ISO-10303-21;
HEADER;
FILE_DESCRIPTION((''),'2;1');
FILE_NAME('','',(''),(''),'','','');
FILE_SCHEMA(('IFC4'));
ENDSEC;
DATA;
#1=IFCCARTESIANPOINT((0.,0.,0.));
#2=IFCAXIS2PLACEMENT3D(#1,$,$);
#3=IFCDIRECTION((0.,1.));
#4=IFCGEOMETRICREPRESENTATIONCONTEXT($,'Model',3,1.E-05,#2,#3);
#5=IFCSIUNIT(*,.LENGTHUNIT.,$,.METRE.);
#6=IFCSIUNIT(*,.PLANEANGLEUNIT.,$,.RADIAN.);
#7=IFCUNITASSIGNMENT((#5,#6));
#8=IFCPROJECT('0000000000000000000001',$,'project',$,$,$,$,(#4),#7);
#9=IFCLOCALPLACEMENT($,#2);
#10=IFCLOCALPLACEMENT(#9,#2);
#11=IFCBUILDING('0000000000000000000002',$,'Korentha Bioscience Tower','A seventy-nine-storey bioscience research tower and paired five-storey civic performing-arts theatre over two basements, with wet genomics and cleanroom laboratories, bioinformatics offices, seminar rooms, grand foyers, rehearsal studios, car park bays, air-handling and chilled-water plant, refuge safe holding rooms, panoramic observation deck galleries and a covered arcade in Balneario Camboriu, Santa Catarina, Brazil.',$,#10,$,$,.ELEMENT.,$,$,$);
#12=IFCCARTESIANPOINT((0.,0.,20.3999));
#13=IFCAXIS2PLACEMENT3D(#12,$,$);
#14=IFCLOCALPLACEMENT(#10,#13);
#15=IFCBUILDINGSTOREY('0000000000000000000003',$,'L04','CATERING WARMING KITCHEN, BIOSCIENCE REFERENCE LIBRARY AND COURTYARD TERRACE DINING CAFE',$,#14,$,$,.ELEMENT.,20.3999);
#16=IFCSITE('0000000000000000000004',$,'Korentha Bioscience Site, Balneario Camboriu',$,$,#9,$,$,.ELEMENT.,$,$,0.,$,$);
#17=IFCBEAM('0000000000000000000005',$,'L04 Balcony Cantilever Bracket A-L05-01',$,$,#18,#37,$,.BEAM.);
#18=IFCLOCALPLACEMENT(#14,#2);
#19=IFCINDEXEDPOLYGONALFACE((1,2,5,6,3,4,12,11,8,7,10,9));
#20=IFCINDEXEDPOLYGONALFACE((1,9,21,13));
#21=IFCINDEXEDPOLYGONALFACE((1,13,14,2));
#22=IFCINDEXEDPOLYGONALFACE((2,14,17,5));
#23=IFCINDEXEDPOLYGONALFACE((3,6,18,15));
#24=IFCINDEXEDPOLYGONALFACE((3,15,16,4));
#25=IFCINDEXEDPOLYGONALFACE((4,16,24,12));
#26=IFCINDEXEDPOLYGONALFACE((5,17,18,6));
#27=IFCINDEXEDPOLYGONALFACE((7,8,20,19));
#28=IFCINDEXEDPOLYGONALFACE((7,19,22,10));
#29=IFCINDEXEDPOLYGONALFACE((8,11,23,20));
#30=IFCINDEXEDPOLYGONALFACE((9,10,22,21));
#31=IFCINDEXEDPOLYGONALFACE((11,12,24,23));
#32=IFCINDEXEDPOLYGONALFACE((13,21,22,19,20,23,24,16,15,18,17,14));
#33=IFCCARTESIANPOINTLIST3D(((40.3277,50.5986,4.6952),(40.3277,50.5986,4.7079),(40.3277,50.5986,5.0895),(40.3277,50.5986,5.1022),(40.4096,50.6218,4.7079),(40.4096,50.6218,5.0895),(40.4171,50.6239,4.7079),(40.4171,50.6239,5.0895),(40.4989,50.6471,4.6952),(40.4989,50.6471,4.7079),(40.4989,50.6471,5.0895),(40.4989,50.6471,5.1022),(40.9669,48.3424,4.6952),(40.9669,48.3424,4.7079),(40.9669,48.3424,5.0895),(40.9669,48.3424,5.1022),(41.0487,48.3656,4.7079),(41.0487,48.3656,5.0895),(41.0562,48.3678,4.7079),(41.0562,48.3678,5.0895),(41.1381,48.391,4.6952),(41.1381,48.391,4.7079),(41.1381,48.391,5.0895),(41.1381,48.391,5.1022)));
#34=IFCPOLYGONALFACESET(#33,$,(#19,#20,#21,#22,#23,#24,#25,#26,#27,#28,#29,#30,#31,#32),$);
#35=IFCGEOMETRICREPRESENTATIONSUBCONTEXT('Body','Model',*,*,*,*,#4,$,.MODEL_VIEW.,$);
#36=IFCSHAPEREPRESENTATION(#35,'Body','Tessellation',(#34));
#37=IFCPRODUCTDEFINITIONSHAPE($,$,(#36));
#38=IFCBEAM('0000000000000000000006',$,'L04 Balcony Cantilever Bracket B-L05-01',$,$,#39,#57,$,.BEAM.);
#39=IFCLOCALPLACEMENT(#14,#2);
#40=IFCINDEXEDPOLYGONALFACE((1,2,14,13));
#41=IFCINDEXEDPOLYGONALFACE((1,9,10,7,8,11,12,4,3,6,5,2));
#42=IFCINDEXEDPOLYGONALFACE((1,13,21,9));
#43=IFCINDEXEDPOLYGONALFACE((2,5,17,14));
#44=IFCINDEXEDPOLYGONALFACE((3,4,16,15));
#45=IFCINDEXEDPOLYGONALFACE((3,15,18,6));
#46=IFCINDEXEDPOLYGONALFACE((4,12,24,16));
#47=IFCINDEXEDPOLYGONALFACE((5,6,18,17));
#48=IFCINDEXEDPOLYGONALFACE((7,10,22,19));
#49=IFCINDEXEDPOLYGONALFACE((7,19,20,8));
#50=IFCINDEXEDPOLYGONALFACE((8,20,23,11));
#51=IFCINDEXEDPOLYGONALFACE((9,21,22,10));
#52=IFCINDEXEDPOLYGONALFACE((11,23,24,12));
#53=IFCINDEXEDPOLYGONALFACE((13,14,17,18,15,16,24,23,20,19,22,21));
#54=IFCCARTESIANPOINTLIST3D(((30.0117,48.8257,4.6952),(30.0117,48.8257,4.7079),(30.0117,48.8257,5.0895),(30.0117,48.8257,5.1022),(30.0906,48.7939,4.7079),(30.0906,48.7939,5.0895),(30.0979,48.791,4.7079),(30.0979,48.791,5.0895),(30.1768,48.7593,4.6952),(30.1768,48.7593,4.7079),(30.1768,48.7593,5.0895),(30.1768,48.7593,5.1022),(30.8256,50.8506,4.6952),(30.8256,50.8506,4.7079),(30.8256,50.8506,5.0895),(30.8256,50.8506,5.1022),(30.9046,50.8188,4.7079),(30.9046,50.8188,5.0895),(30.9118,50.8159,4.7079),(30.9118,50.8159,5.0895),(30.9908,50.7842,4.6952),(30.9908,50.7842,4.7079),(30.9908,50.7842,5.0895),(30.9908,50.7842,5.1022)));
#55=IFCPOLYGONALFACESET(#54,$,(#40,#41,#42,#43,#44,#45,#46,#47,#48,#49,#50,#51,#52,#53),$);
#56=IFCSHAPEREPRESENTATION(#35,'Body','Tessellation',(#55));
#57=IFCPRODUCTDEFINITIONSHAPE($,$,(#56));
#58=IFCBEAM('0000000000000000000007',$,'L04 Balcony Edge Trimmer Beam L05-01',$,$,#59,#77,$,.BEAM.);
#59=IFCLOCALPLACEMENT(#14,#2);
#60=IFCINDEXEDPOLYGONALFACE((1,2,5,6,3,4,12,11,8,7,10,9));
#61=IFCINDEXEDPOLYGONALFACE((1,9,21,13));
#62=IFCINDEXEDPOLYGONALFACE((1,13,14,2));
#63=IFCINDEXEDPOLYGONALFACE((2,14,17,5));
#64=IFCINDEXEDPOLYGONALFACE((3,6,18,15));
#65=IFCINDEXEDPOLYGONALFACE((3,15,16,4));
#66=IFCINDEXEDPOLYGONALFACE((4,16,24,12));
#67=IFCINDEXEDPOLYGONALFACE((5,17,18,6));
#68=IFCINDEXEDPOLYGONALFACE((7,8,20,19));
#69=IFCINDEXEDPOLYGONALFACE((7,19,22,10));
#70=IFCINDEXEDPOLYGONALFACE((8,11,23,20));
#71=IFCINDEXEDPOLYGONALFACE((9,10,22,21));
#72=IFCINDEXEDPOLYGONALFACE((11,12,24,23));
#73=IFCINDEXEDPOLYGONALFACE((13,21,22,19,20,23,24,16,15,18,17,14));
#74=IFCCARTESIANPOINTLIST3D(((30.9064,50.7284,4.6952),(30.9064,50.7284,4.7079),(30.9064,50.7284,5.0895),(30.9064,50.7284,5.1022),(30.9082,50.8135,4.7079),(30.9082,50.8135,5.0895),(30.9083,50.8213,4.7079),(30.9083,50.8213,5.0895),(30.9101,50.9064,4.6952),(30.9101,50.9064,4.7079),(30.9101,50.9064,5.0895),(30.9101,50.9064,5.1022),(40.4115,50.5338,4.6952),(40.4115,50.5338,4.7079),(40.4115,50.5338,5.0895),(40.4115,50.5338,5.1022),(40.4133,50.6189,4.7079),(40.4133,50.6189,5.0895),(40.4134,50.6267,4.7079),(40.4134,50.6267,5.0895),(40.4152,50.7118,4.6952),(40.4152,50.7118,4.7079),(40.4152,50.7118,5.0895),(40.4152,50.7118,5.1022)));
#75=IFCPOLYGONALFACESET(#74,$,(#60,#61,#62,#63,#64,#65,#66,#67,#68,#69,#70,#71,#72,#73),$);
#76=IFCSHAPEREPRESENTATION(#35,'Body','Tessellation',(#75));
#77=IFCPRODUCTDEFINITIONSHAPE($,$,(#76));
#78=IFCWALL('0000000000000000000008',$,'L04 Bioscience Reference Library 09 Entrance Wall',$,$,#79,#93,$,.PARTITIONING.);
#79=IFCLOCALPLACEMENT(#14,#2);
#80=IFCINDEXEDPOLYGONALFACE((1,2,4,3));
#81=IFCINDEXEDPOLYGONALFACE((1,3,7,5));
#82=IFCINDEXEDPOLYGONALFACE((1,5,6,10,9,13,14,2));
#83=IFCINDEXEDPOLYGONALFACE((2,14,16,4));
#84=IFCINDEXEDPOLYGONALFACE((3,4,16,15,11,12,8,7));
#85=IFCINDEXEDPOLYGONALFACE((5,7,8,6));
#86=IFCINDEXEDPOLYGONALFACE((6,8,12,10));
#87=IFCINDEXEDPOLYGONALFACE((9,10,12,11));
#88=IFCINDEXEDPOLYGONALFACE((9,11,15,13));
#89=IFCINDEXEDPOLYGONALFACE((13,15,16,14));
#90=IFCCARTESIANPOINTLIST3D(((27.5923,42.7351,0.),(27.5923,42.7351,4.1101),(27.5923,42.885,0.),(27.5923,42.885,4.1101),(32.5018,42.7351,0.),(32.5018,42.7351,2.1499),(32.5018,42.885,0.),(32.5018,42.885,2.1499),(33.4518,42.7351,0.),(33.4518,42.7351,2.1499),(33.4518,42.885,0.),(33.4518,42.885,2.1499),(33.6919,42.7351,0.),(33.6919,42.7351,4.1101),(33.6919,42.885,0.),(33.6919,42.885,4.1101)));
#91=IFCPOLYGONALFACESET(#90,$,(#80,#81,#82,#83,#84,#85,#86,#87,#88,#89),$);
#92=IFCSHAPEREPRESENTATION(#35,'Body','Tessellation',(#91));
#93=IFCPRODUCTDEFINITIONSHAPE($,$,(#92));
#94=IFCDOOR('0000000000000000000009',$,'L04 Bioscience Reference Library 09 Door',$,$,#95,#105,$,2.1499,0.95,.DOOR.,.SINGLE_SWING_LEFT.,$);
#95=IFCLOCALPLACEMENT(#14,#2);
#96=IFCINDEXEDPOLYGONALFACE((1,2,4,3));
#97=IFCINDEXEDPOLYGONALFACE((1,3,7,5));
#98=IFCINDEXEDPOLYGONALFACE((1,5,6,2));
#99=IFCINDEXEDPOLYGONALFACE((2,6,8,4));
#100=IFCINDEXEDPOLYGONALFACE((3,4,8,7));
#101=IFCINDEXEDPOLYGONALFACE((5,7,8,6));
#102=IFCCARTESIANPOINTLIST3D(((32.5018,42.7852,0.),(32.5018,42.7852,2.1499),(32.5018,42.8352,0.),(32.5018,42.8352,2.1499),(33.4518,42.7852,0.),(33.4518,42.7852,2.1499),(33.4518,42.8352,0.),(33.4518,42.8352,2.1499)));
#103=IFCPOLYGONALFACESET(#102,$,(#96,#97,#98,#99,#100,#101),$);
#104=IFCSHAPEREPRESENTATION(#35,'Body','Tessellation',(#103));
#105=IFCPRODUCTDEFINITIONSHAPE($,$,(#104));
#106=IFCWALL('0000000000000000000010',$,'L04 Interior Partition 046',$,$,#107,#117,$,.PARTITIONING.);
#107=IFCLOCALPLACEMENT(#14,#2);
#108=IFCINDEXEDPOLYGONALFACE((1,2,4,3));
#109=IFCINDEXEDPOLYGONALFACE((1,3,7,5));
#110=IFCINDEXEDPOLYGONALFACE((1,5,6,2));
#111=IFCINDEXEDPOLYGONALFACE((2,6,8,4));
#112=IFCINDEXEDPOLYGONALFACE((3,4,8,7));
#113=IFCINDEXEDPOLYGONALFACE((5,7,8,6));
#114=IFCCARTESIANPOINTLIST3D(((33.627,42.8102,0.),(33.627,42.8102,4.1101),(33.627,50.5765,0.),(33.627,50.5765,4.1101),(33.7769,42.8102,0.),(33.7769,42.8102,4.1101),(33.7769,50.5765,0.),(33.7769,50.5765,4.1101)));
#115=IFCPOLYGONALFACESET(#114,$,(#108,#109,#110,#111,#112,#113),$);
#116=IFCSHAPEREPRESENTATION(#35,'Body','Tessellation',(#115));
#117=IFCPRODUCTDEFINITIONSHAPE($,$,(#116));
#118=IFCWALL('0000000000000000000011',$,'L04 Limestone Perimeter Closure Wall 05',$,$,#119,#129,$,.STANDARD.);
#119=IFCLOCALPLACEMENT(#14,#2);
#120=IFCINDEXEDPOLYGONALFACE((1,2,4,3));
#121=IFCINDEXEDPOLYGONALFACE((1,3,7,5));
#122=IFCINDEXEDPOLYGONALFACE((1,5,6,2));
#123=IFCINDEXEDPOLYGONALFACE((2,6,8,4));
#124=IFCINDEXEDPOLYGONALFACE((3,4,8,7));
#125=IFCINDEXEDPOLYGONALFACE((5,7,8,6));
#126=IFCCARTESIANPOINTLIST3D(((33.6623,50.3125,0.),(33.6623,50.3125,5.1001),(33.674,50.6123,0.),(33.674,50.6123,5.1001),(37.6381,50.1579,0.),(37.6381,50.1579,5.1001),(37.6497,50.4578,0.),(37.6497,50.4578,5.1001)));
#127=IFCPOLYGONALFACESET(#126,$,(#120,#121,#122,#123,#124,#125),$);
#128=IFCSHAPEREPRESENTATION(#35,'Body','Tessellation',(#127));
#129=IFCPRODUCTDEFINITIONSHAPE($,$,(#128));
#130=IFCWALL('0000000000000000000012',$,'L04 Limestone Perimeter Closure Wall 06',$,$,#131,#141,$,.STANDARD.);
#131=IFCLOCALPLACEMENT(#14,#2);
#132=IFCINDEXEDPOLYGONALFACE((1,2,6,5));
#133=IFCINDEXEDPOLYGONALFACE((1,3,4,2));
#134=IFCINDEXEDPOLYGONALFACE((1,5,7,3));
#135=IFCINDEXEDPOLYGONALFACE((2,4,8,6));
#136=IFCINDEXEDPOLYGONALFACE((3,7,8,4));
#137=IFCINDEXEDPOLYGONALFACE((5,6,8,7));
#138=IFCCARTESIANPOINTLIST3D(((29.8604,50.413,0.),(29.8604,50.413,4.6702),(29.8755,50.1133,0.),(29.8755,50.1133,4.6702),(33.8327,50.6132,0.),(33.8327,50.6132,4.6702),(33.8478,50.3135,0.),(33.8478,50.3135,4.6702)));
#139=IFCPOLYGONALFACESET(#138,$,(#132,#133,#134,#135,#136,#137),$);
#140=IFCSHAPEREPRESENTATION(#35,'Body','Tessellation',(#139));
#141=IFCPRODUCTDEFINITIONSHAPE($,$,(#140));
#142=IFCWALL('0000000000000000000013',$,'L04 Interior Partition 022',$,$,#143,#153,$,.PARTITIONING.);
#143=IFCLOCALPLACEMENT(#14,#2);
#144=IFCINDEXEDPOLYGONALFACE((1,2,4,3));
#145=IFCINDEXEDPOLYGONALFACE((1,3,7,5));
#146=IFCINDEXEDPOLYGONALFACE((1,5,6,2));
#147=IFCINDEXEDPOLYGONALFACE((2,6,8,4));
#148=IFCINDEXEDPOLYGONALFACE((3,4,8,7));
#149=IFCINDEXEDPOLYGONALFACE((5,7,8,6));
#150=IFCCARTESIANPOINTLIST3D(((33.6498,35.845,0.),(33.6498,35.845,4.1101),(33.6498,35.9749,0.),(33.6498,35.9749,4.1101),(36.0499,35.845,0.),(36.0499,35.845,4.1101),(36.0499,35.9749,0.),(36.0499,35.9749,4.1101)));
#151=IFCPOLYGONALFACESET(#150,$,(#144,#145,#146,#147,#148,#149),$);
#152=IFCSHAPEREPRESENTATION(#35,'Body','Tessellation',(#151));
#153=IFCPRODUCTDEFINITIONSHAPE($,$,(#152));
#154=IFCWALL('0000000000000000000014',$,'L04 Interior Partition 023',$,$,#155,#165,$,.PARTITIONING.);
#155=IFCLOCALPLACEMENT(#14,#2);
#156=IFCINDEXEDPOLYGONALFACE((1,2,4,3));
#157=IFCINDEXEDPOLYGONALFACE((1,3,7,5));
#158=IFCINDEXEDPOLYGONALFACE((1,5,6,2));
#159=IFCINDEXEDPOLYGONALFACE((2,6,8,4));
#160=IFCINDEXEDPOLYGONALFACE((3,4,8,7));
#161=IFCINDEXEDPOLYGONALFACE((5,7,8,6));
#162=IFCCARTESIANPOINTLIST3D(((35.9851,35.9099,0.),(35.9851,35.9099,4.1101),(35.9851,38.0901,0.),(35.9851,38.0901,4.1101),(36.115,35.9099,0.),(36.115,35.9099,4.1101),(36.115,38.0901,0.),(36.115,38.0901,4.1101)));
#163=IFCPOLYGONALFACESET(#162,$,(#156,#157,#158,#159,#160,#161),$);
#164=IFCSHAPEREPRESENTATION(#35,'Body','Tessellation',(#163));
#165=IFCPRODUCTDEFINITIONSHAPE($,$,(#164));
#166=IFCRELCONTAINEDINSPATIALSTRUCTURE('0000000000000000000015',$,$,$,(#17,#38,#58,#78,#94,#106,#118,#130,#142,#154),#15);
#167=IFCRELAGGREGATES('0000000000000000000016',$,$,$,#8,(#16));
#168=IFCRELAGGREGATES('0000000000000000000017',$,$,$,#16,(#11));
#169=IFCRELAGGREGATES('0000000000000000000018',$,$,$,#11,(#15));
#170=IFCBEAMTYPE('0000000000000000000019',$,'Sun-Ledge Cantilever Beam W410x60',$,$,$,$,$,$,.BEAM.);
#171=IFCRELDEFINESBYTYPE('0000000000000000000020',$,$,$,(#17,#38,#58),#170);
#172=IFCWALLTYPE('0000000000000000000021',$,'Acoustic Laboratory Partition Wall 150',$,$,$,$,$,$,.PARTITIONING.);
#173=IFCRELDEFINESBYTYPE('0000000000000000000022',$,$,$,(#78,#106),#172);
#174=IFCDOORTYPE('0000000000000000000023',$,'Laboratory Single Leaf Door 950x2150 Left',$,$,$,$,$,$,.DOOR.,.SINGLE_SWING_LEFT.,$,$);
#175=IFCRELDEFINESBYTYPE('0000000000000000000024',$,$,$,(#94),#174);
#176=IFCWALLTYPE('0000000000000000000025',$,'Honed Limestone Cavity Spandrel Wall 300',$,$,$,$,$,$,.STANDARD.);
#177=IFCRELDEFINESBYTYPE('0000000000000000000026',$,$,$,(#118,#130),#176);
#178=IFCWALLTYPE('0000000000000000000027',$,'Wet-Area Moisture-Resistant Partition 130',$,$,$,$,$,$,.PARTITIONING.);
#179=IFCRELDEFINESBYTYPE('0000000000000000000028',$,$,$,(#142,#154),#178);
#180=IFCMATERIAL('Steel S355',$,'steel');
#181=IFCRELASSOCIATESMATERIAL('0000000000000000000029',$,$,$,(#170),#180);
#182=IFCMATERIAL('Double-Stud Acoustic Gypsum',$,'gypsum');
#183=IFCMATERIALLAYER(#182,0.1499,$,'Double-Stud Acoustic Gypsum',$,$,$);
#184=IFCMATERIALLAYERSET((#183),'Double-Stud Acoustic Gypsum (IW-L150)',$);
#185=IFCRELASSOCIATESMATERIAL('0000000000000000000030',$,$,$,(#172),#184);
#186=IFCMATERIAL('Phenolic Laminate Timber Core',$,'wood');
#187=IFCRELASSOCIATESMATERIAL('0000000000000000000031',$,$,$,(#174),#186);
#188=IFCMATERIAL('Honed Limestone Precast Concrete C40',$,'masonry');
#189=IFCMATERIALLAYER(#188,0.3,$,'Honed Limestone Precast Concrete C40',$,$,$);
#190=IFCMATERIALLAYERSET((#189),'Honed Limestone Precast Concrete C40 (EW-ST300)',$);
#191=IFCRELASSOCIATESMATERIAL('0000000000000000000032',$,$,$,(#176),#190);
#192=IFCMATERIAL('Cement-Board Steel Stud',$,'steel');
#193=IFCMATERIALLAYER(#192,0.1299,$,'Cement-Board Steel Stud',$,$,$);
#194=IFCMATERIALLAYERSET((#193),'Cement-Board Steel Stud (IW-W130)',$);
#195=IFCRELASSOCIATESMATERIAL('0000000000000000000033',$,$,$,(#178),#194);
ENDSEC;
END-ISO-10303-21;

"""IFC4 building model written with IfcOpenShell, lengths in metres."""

from ifc_helpers import new_model, si_unit, direction, frame, frame_2d, origin, origin_2d, place, context, subcontext, project, spatial, rectangle, i_section, extrude, material, layer, layer_set, material_profile, profile_set, type_object, element, fill, save


model = new_model("IFC4")

# Units and contexts
model_context = context("Model", 3, precision=1e-05, world=origin(), true_north=direction((0.0, 1.0)))
body_context = subcontext(model_context, "Body", "Model", "MODEL_VIEW")
ifc_project = project(units=[si_unit("LENGTHUNIT", "METRE"), si_unit("PLANEANGLEUNIT", "RADIAN")], contexts=[model_context])

# Site, building, storey
site_placement = place(None, origin())
site = spatial("IfcSite", under=ifc_project, at=site_placement, Name="Korentha Bioscience Site, Balneario Camboriu", CompositionType="ELEMENT", RefElevation=0.0)
building_placement = place(site_placement, origin())
building = spatial("IfcBuilding", under=site, at=building_placement, Name="Korentha Bioscience Tower", Description="A seventy-nine-storey bioscience research tower and paired five-storey civic performing-arts theatre over two basements, with wet genomics and cleanroom laboratories, bioinformatics offices, seminar rooms, grand foyers, rehearsal studios, car park bays, air-handling and chilled-water plant, refuge safe holding rooms, panoramic observation deck galleries and a covered arcade in Balneario Camboriu, Santa Catarina, Brazil.", CompositionType="ELEMENT")
storey_placement = place(building_placement, frame((0.0, 0.0, 20.3999)))
storey = spatial("IfcBuildingStorey", under=building, at=storey_placement, Name="L04", Description="CATERING WARMING KITCHEN, BIOSCIENCE REFERENCE LIBRARY AND COURTYARD TERRACE DINING CAFE", CompositionType="ELEMENT", Elevation=20.3999)

# Beams
ifc_material_1 = material(Name="Steel S355", Category="steel")
ifc_material_profile_1 = material_profile(ifc_material_1, i_section(OverallWidth=0.178, OverallDepth=0.407, WebThickness=0.0078, FlangeThickness=0.0127, at=origin_2d()), Name="Steel S355")
ifc_profile_set_1 = profile_set([ifc_material_profile_1], Name="Steel S355 (CB-410)")
beam_type_1 = type_object("IfcBeamType", Name="Sun-Ledge Cantilever Beam W410x60", PredefinedType="BEAM", material=ifc_profile_set_1)
beam_1_placement = place(storey_placement, frame((41.0525, 48.3667, 4.8987), z_axis=(-0.272575, 0.962134, 0.0), x_axis=(-0.962134, -0.272575, 0.0)))
element("IfcBeam", 1, at=beam_1_placement, inside=storey, type_object=beam_type_1, Name="L04 Balcony Cantilever Bracket A-L05-01", PredefinedType="BEAM", context=body_context, shape_type="SweptSolid", body=[
    extrude(i_section(OverallWidth=0.178, OverallDepth=0.407, WebThickness=0.0078, FlangeThickness=0.0127, at=origin_2d()), origin(), (0.0, 0.0, 1.0), 2.345),
])
beam_2_placement = place(storey_placement, frame((30.0942, 48.7925, 4.8987), z_axis=(0.372972, 0.927843, 0.0), x_axis=(-0.927843, 0.372972, 0.0)))
element("IfcBeam", 2, at=beam_2_placement, inside=storey, type_object=beam_type_1, Name="L04 Balcony Cantilever Bracket B-L05-01", PredefinedType="BEAM", context=body_context, shape_type="SweptSolid", body=[
    extrude(i_section(OverallWidth=0.178, OverallDepth=0.407, WebThickness=0.0078, FlangeThickness=0.0127, at=origin_2d()), origin(), (0.0, 0.0, 1.0), 2.1824),
])
beam_3_placement = place(storey_placement, frame((40.4133, 50.6228, 4.8987), z_axis=(-0.999791, 0.020467, 0.0), x_axis=(-0.020467, -0.999791, 0.0)))
element("IfcBeam", 3, at=beam_3_placement, inside=storey, type_object=beam_type_1, Name="L04 Balcony Edge Trimmer Beam L05-01", PredefinedType="BEAM", context=body_context, shape_type="SweptSolid", body=[
    extrude(i_section(OverallWidth=0.178, OverallDepth=0.407, WebThickness=0.0078, FlangeThickness=0.0127, at=origin_2d()), origin(), (0.0, 0.0, 1.0), 9.5071),
])

# Wall, opening, door
ifc_material_2 = material(Name="Double-Stud Acoustic Gypsum", Category="gypsum")
ifc_layer_1 = layer(ifc_material_2, 0.1499, Name="Double-Stud Acoustic Gypsum")
ifc_layer_set_1 = layer_set([ifc_layer_1], Name="Double-Stud Acoustic Gypsum (IW-L150)")
wall_type_1 = type_object("IfcWallType", Name="Acoustic Laboratory Partition Wall 150", PredefinedType="PARTITIONING", material=ifc_layer_set_1)
wall_1_placement = place(storey_placement, frame((33.6919, 42.8101, 0.0), z_axis=(0.0, 0.0, 1.0), x_axis=(-1.0, 0.0, 0.0)))
wall_1 = element("IfcWall", 4, at=wall_1_placement, inside=storey, type_object=wall_type_1, Name="L04 Bioscience Reference Library 09 Entrance Wall", PredefinedType="PARTITIONING", context=body_context, shape_type="SweptSolid", body=[
    extrude(rectangle(XDim=6.0996, YDim=0.1499, at=frame_2d((3.0498, 0.0))), origin(), (0.0, 0.0, 1.0), 4.1101),
])
opening_1_placement = place(wall_1_placement, frame((0.24, 0.0, 0.0)))
opening_1 = element("IfcOpeningElement", 5, at=opening_1_placement, cuts=wall_1, PredefinedType="OPENING", context=body_context, shape_type="SweptSolid", body=[
    extrude(rectangle(XDim=0.95, YDim=2.1499, at=frame_2d((0.4751, 1.075))), frame((0.0, 0.0898, 0.0), z_axis=(0.0, -1.0, 0.0), x_axis=(1.0, 0.0, 0.0)), (0.0, 0.0, 1.0), 0.1797),
])
ifc_material_3 = material(Name="Phenolic Laminate Timber Core", Category="wood")
door_type_1 = type_object("IfcDoorType", Name="Laboratory Single Leaf Door 950x2150 Left", OperationType="SINGLE_SWING_LEFT", PredefinedType="DOOR", material=ifc_material_3)
door_1_placement = place(opening_1_placement, origin())
door_1 = element("IfcDoor", 6, at=door_1_placement, inside=storey, type_object=door_type_1, Name="L04 Bioscience Reference Library 09 Door", OperationType="SINGLE_SWING_LEFT", OverallHeight=2.1499, OverallWidth=0.95, PredefinedType="DOOR", context=body_context, shape_type="SweptSolid", body=[
    extrude(rectangle(XDim=0.95, YDim=2.1499, at=frame_2d((0.4751, 1.075))), frame((0.0, 0.0249, 0.0), z_axis=(0.0, -1.0, 0.0), x_axis=(1.0, 0.0, 0.0)), (0.0, 0.0, 1.0), 0.05),
])
fill(opening_1, door_1)

# Walls
wall_2_placement = place(storey_placement, frame((33.7019, 42.8101, 0.0), z_axis=(0.0, 0.0, 1.0), x_axis=(0.0, 1.0, 0.0)))
element("IfcWall", 7, at=wall_2_placement, inside=storey, type_object=wall_type_1, Name="L04 Interior Partition 046", PredefinedType="PARTITIONING", context=body_context, shape_type="SweptSolid", body=[
    extrude(rectangle(XDim=7.7664, YDim=0.1499, at=frame_2d((3.8833, 0.0))), origin(), (0.0, 0.0, 1.0), 4.1101),
])
ifc_material_4 = material(Name="Honed Limestone Precast Concrete C40", Category="masonry")
ifc_layer_2 = layer(ifc_material_4, 0.3, Name="Honed Limestone Precast Concrete C40")
ifc_layer_set_2 = layer_set([ifc_layer_2], Name="Honed Limestone Precast Concrete C40 (EW-ST300)")
wall_type_2 = type_object("IfcWallType", Name="Honed Limestone Cavity Spandrel Wall 300", PredefinedType="STANDARD", material=ifc_layer_set_2)
wall_3_placement = place(storey_placement, frame((37.6438, 50.3079, 0.0), z_axis=(0.0, 0.0, 1.0), x_axis=(-0.999245, 0.038841, 0.0)))
element("IfcWall", 8, at=wall_3_placement, inside=storey, type_object=wall_type_2, Name="L04 Limestone Perimeter Closure Wall 05", PredefinedType="STANDARD", context=body_context, shape_type="SweptSolid", body=[
    extrude(rectangle(XDim=3.9788, YDim=0.3, at=frame_2d((1.9893, 0.0))), origin(), (0.0, 0.0, 1.0), 5.1001),
])
wall_4_placement = place(storey_placement, frame((33.8403, 50.4634, 0.0), z_axis=(0.0, 0.0, 1.0), x_axis=(-0.998732, -0.050336, 0.0)))
element("IfcWall", 9, at=wall_4_placement, inside=storey, type_object=wall_type_2, Name="L04 Limestone Perimeter Closure Wall 06", PredefinedType="STANDARD", context=body_context, shape_type="SweptSolid", body=[
    extrude(rectangle(XDim=3.9773, YDim=0.3, at=frame_2d((1.9888, 0.0))), origin(), (0.0, 0.0, 1.0), 4.6702),
])

# Shared definitions
ifc_material_5 = material(Name="Cement-Board Steel Stud", Category="steel")
ifc_layer_3 = layer(ifc_material_5, 0.1299, Name="Cement-Board Steel Stud")
ifc_layer_set_3 = layer_set([ifc_layer_3], Name="Cement-Board Steel Stud (IW-W130)")
wall_type_3 = type_object("IfcWallType", Name="Wet-Area Moisture-Resistant Partition 130", PredefinedType="PARTITIONING", material=ifc_layer_set_3)

# Walls
wall_5_placement = place(storey_placement, frame((36.05, 35.9099, 0.0), z_axis=(0.0, 0.0, 1.0), x_axis=(-1.0, 0.0, 0.0)))
element("IfcWall", 10, at=wall_5_placement, inside=storey, type_object=wall_type_3, Name="L04 Interior Partition 022", PredefinedType="PARTITIONING", context=body_context, shape_type="SweptSolid", body=[
    extrude(rectangle(XDim=2.4001, YDim=0.1299, at=frame_2d((1.2002, 0.0))), origin(), (0.0, 0.0, 1.0), 4.1101),
])
wall_6_placement = place(storey_placement, frame((36.05, 38.0901, 0.0), z_axis=(0.0, 0.0, 1.0), x_axis=(0.0, -1.0, 0.0)))
element("IfcWall", 11, at=wall_6_placement, inside=storey, type_object=wall_type_3, Name="L04 Interior Partition 023", PredefinedType="PARTITIONING", context=body_context, shape_type="SweptSolid", body=[
    extrude(rectangle(XDim=2.1802, YDim=0.1299, at=frame_2d((1.0901, 0.0))), origin(), (0.0, 0.0, 1.0), 4.1101),
])

save(model, "model.ifc")
